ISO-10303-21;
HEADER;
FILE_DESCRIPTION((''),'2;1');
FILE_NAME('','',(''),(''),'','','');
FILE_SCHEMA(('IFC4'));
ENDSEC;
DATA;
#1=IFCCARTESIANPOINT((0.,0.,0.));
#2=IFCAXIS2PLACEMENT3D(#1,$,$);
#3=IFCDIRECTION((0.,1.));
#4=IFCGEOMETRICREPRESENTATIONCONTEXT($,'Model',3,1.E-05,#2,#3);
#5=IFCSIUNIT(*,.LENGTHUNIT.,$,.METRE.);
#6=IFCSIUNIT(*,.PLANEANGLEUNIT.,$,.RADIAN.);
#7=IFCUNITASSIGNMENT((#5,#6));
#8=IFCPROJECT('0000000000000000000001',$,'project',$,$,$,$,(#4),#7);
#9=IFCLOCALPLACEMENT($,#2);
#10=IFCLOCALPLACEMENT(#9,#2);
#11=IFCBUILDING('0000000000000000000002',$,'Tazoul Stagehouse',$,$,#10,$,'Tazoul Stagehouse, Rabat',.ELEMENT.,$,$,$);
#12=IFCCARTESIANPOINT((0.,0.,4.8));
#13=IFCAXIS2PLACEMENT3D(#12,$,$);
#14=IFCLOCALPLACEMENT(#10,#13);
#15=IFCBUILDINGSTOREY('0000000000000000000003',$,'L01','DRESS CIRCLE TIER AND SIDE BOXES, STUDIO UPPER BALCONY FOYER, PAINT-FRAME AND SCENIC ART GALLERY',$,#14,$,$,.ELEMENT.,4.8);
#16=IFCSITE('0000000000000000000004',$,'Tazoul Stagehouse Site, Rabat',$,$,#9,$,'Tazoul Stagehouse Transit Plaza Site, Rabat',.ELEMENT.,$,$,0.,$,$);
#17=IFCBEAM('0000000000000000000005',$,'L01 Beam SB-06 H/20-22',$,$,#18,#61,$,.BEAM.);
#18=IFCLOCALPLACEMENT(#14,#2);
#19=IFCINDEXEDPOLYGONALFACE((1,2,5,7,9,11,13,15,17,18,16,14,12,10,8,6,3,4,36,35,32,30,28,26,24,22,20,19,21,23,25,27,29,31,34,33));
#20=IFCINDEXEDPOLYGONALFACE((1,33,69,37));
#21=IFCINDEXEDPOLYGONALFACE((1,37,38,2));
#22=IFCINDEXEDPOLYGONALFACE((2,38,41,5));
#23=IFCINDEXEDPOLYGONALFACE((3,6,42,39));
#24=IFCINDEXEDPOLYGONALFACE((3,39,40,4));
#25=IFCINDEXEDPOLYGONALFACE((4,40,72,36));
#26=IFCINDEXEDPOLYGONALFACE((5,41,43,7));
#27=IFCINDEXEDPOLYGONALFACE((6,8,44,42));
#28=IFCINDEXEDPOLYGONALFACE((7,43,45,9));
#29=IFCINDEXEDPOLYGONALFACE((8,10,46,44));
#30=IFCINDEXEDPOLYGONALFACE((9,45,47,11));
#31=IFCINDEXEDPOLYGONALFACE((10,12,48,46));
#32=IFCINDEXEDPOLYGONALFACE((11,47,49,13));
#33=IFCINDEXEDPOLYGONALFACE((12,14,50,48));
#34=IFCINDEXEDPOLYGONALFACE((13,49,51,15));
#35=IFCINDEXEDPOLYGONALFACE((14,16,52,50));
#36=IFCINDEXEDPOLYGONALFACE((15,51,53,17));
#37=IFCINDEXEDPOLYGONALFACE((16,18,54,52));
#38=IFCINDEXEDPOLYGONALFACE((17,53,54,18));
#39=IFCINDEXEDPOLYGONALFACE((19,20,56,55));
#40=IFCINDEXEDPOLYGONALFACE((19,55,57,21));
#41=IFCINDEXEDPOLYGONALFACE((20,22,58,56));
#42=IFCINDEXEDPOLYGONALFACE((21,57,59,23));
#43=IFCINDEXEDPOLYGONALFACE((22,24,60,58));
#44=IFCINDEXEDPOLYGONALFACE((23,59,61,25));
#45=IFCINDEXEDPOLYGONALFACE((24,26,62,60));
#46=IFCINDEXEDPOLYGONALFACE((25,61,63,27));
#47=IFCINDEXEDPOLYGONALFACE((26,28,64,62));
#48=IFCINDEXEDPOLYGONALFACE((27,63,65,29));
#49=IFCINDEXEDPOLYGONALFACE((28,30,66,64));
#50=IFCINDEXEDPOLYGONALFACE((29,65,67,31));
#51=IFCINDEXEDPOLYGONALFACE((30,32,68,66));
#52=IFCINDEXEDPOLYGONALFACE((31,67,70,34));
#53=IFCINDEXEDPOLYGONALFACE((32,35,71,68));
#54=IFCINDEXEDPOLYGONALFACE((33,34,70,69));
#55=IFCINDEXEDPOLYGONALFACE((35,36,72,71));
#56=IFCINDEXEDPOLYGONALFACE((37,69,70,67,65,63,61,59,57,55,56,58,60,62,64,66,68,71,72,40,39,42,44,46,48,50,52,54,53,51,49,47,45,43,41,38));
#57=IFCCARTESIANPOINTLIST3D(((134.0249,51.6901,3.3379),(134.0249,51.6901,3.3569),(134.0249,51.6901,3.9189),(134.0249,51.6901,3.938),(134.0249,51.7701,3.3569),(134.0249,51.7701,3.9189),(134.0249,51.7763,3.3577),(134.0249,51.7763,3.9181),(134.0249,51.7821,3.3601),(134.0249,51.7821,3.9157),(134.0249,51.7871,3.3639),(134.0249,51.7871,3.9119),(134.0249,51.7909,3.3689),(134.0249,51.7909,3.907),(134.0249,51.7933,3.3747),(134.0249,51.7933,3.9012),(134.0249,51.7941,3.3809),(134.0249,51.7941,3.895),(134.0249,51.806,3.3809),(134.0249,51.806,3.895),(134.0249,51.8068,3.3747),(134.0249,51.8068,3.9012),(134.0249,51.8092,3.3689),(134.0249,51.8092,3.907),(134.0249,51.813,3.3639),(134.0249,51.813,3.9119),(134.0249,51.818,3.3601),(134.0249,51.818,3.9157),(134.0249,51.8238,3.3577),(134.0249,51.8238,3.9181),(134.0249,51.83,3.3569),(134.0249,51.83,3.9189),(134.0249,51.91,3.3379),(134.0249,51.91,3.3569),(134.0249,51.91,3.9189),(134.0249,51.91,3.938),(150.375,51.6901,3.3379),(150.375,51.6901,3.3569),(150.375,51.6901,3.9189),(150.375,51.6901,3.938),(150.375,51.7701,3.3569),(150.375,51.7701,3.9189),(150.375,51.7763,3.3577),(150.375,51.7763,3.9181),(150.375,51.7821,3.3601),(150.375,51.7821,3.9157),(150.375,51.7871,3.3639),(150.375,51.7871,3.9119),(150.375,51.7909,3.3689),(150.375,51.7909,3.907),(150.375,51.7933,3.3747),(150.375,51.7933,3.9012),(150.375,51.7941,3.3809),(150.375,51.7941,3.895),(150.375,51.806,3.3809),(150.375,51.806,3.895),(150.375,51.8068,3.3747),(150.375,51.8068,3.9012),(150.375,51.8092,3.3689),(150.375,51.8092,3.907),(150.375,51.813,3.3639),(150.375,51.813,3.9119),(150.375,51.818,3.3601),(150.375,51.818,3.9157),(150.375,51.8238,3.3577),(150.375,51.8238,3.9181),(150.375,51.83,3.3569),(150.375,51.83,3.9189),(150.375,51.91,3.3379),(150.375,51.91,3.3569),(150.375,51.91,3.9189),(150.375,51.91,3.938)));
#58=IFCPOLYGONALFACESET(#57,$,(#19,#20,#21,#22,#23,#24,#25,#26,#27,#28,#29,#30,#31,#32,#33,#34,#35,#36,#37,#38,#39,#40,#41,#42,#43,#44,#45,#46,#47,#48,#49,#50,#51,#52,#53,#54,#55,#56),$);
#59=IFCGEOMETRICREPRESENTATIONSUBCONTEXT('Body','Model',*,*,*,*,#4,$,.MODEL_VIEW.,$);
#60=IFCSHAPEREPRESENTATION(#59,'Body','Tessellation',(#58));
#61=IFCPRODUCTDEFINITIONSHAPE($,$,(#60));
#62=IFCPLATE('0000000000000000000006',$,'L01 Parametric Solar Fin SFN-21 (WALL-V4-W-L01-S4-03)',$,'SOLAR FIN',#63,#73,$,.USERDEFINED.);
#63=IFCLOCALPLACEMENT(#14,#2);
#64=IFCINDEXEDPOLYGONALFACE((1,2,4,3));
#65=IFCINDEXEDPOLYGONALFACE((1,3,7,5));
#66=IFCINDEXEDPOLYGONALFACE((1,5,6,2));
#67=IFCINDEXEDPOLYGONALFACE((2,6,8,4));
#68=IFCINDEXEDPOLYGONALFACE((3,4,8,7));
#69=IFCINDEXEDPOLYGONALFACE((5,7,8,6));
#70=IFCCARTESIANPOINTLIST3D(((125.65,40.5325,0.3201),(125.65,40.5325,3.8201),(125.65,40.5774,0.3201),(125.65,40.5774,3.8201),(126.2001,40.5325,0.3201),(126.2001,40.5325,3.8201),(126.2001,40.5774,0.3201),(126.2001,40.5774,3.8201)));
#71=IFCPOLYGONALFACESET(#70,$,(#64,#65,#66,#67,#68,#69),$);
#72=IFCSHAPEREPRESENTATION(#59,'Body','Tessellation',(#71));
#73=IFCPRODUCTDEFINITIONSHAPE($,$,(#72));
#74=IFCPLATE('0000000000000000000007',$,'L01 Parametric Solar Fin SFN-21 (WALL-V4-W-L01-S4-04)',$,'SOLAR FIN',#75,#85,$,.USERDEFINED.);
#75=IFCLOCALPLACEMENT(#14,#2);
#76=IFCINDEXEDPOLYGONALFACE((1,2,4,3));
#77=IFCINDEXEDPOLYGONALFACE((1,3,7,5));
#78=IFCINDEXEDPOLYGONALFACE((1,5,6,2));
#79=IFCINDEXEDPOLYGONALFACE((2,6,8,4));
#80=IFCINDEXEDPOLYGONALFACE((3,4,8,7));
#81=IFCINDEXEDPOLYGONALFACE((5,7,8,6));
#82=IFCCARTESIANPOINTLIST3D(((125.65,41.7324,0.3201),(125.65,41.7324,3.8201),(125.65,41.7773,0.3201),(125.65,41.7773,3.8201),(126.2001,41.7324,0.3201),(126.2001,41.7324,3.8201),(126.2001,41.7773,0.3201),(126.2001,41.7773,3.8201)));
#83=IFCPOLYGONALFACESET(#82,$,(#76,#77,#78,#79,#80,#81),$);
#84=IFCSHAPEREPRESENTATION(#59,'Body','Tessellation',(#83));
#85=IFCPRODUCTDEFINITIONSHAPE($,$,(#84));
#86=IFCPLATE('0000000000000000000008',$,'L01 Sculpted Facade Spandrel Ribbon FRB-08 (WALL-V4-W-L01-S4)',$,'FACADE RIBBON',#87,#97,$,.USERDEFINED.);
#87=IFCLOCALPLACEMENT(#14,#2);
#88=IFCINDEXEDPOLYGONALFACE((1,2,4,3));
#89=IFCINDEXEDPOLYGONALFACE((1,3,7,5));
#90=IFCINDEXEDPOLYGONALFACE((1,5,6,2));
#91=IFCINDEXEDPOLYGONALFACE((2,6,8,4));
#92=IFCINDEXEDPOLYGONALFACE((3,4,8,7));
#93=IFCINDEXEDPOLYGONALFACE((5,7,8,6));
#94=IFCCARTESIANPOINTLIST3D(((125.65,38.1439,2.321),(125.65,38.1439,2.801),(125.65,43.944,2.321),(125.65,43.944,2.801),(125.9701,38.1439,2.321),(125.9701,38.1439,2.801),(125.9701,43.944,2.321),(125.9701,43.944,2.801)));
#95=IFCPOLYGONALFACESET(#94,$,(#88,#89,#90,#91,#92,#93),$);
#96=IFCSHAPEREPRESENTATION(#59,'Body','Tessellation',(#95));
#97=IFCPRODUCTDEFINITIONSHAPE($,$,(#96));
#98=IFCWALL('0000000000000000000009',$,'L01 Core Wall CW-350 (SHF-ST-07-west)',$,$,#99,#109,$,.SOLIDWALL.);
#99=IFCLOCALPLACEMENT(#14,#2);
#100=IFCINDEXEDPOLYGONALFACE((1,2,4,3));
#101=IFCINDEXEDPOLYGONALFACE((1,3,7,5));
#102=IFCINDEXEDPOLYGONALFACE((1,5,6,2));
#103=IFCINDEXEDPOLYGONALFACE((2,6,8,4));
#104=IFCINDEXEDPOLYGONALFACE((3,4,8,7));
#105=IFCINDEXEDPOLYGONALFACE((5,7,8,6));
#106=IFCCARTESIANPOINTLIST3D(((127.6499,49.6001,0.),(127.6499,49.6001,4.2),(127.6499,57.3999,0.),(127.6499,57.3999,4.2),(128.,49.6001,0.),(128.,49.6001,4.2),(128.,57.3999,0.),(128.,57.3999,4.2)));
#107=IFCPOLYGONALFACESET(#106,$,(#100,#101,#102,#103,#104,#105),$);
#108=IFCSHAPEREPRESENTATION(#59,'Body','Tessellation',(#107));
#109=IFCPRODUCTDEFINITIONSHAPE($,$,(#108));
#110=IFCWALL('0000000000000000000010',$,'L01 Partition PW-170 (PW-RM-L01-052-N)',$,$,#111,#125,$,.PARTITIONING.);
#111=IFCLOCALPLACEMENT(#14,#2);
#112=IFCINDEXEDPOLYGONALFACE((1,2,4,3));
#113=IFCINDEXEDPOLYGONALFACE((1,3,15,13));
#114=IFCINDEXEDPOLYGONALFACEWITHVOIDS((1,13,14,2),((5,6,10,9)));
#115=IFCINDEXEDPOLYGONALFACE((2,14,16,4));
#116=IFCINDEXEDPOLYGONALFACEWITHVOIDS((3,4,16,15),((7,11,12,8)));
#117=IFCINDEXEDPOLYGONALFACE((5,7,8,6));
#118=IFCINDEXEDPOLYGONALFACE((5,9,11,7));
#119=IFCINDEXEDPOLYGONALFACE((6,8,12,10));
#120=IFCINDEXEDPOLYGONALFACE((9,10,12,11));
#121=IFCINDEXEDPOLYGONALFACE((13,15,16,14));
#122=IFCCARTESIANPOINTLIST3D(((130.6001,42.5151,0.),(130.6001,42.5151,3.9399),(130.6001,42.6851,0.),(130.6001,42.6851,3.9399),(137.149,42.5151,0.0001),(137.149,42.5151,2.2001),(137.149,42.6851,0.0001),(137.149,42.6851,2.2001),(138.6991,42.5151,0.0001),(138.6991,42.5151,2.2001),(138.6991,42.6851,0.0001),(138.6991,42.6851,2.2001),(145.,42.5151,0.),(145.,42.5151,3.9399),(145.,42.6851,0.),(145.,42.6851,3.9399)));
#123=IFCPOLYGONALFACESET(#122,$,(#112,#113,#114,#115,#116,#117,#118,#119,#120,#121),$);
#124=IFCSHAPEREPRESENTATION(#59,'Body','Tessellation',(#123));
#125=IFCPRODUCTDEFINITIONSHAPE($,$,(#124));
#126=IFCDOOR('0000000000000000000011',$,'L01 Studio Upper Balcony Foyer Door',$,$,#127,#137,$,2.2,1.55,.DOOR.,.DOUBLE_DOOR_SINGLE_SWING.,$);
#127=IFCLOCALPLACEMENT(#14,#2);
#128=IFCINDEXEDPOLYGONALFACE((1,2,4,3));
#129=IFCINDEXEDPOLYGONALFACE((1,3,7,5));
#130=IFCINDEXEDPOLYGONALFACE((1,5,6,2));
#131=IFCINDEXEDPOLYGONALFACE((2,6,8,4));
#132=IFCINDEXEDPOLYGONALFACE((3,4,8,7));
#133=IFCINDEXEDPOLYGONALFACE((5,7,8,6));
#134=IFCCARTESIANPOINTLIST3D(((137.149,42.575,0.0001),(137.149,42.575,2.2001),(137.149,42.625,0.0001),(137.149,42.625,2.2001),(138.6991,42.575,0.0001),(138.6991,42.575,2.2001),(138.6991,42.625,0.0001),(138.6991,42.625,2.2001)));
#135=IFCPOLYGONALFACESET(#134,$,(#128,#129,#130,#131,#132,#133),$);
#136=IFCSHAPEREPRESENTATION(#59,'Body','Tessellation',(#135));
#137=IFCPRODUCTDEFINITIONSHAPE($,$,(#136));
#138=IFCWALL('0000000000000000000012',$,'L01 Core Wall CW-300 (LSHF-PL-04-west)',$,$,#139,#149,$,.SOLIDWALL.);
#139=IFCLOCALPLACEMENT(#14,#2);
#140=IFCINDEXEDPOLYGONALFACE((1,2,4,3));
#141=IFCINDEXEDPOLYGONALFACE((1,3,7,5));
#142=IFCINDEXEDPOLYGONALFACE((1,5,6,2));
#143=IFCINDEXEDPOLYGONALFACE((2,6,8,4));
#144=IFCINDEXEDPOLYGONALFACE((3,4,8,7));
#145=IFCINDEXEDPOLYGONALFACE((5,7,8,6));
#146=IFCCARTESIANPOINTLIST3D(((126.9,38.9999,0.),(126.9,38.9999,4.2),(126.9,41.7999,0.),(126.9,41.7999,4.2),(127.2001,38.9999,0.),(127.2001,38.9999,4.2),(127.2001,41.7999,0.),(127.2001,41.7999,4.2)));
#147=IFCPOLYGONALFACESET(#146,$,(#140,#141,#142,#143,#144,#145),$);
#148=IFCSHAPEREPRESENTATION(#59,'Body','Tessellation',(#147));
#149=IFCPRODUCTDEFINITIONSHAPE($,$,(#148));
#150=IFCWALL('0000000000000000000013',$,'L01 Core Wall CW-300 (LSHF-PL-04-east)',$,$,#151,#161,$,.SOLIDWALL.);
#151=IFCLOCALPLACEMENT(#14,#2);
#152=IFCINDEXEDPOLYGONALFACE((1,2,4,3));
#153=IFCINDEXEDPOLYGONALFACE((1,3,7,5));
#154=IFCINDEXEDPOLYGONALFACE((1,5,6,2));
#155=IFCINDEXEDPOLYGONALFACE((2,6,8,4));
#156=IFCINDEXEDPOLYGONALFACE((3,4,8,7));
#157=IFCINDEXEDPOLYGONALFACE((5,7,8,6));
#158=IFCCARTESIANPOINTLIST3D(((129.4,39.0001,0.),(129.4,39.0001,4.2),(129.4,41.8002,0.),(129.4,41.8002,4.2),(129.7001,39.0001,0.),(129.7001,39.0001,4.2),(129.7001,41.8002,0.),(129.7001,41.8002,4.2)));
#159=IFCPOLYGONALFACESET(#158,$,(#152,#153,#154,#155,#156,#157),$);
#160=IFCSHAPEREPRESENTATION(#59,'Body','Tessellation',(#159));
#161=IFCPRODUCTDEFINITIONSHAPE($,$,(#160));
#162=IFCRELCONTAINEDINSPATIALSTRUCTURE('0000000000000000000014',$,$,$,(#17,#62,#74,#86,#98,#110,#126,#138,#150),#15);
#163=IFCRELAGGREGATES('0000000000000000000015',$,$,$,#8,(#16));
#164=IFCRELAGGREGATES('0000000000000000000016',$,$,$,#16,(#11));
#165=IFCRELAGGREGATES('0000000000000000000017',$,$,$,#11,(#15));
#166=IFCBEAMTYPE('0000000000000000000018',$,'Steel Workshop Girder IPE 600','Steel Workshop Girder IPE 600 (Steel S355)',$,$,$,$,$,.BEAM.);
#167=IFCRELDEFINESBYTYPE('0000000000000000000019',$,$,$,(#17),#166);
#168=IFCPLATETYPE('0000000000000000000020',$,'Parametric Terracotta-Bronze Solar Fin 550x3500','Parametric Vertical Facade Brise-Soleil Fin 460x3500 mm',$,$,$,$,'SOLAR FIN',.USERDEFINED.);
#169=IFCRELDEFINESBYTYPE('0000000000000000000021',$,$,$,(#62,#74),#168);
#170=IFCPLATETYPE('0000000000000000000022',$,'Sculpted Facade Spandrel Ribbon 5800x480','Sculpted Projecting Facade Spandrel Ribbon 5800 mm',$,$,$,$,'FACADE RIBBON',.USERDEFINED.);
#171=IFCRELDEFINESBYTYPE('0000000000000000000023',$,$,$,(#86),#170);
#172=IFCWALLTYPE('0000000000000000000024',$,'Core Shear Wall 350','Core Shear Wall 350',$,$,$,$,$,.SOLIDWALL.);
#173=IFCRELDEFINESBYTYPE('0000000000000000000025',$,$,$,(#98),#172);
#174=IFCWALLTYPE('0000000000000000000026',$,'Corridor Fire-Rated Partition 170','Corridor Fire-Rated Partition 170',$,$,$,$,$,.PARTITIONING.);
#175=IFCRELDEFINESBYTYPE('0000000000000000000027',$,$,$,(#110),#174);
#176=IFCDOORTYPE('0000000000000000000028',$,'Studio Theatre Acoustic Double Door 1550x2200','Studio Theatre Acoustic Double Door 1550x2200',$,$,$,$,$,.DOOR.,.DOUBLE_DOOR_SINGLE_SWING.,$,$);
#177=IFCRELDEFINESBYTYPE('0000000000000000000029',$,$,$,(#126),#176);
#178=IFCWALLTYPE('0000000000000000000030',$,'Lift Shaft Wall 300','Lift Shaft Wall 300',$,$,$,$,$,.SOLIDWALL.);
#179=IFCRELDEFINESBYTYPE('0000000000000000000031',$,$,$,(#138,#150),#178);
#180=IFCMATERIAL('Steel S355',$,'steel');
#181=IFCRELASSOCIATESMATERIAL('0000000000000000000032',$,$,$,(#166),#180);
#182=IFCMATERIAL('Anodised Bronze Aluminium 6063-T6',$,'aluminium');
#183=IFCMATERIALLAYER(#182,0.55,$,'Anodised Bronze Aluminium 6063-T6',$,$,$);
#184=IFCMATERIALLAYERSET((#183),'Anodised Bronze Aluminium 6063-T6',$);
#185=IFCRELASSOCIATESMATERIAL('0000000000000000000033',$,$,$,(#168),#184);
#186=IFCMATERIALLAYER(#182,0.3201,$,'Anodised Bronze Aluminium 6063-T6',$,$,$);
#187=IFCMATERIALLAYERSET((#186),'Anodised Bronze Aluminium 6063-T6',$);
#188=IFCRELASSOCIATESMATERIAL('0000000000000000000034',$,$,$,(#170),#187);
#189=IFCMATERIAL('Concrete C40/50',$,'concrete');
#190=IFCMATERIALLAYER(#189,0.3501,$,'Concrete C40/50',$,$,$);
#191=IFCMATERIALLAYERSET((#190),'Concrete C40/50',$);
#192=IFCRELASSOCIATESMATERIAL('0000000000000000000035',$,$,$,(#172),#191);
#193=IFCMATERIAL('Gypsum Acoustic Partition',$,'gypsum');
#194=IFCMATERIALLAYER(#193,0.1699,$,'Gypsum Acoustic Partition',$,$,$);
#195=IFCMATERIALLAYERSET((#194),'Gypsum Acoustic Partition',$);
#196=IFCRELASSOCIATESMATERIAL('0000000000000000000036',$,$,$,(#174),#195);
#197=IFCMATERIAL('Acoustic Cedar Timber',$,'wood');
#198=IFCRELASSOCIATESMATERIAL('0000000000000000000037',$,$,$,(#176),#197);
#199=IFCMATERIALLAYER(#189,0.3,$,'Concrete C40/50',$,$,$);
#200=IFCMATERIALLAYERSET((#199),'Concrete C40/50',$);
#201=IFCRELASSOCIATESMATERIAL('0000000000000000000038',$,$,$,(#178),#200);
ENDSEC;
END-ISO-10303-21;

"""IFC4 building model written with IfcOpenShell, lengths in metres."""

from ifc_helpers import new_model, si_unit, direction, frame, frame_2d, origin, origin_2d, place, context, subcontext, project, spatial, rectangle, i_section, extrude, material, layer, layer_set, material_profile, profile_set, type_object, element, fill, save


model = new_model("IFC4")

# Units and contexts
model_context = context("Model", 3, precision=1e-05, world=origin(), true_north=direction((0.0, 1.0)))
body_context = subcontext(model_context, "Body", "Model", "MODEL_VIEW")
ifc_project = project(units=[si_unit("LENGTHUNIT", "METRE"), si_unit("PLANEANGLEUNIT", "RADIAN")], contexts=[model_context])

# Site, building, storey
site_placement = place(None, origin())
site = spatial("IfcSite", under=ifc_project, at=site_placement, Name="Tazoul Stagehouse Site, Rabat", LongName="Tazoul Stagehouse Transit Plaza Site, Rabat", CompositionType="ELEMENT", RefElevation=0.0)
building_placement = place(site_placement, origin())
building = spatial("IfcBuilding", under=site, at=building_placement, Name="Tazoul Stagehouse", LongName="Tazoul Stagehouse, Rabat", CompositionType="ELEMENT")
storey_placement = place(building_placement, frame((0.0, 0.0, 4.8)))
storey = spatial("IfcBuildingStorey", under=building, at=storey_placement, Name="L01", Description="DRESS CIRCLE TIER AND SIDE BOXES, STUDIO UPPER BALCONY FOYER, PAINT-FRAME AND SCENIC ART GALLERY", CompositionType="ELEMENT", Elevation=4.8)

# Shared definitions
ifc_material_1 = material(Name="Concrete C40/50", Category="concrete")
ifc_material_2 = material(Name="Steel S355", Category="steel")

# Beam
ifc_material_profile_1 = material_profile(ifc_material_2, i_section(OverallWidth=0.22, OverallDepth=0.6001, WebThickness=0.012, FlangeThickness=0.019, FilletRadius=0.0239, at=origin_2d()), Name="IPE 600")
ifc_profile_set_1 = profile_set([ifc_material_profile_1], Name="Steel S355")
beam_type_1 = type_object("IfcBeamType", Name="Steel Workshop Girder IPE 600", Description="Steel Workshop Girder IPE 600 (Steel S355)", PredefinedType="BEAM", material=ifc_profile_set_1)
beam_1_placement = place(storey_placement, frame((134.0249, 51.8, 3.6379), z_axis=(1.0, 0.0, 0.0), x_axis=(0.0, 1.0, 0.0)))
element("IfcBeam", 1, at=beam_1_placement, inside=storey, type_object=beam_type_1, Name="L01 Beam SB-06 H/20-22", PredefinedType="BEAM", context=body_context, shape_type="SweptSolid", body=[
    extrude(i_section(OverallWidth=0.22, OverallDepth=0.6001, WebThickness=0.012, FlangeThickness=0.019, FilletRadius=0.0239, at=origin_2d()), origin(), (0.0, 0.0, 1.0), 16.3501),
])

# Plates
ifc_material_3 = material(Name="Anodised Bronze Aluminium 6063-T6", Category="aluminium")
ifc_layer_1 = layer(ifc_material_3, 0.55, Name="Anodised Bronze Aluminium 6063-T6")
ifc_layer_set_1 = layer_set([ifc_layer_1], Name="Anodised Bronze Aluminium 6063-T6")
plate_type_1 = type_object("IfcPlateType", Name="Parametric Terracotta-Bronze Solar Fin 550x3500", Description="Parametric Vertical Facade Brise-Soleil Fin 460x3500 mm", ElementType="SOLAR FIN", PredefinedType="USERDEFINED", material=ifc_layer_set_1)
for number, where, z_axis, x_axis, name in (
    (2, (125.925, 40.5549, 0.3201), (0.0, 0.0, 1.0), (0.0, 1.0, 0.0), "L01 Parametric Solar Fin SFN-21 (WALL-V4-W-L01-S4-03)"),
    (3, (125.925, 41.7549, 0.3201), (0.0, 0.0, 1.0), (0.0, 1.0, 0.0), "L01 Parametric Solar Fin SFN-21 (WALL-V4-W-L01-S4-04)"),
):
    element("IfcPlate", number, at=place(storey_placement, frame(where, z_axis=z_axis, x_axis=x_axis)), inside=storey, type_object=plate_type_1, Name=name, ObjectType="SOLAR FIN", PredefinedType="USERDEFINED", context=body_context, shape_type="SweptSolid", body=[
        extrude(rectangle(XDim=0.0449, YDim=0.55, at=origin_2d()), origin(), (0.0, 0.0, 1.0), 3.5),
    ])
ifc_layer_2 = layer(ifc_material_3, 0.3201, Name="Anodised Bronze Aluminium 6063-T6")
ifc_layer_set_2 = layer_set([ifc_layer_2], Name="Anodised Bronze Aluminium 6063-T6")
plate_type_2 = type_object("IfcPlateType", Name="Sculpted Facade Spandrel Ribbon 5800x480", Description="Sculpted Projecting Facade Spandrel Ribbon 5800 mm", ElementType="FACADE RIBBON", PredefinedType="USERDEFINED", material=ifc_layer_set_2)
plate_placement = place(storey_placement, frame((125.8101, 41.0439, 2.321), z_axis=(0.0, 0.0, 1.0), x_axis=(0.0, 1.0, 0.0)))
element("IfcPlate", 4, at=plate_placement, inside=storey, type_object=plate_type_2, Name="L01 Sculpted Facade Spandrel Ribbon FRB-08 (WALL-V4-W-L01-S4)", ObjectType="FACADE RIBBON", PredefinedType="USERDEFINED", context=body_context, shape_type="SweptSolid", body=[
    extrude(rectangle(XDim=5.8, YDim=0.3201, at=origin_2d()), origin(), (0.0, 0.0, 1.0), 0.48),
])

# Shared definitions
ifc_layer_3 = layer(ifc_material_1, 0.3501, Name="Concrete C40/50")
ifc_layer_set_3 = layer_set([ifc_layer_3], Name="Concrete C40/50")
wall_type_1 = type_object("IfcWallType", Name="Core Shear Wall 350", Description="Core Shear Wall 350", PredefinedType="SOLIDWALL", material=ifc_layer_set_3)

# Wall
wall_1_placement = place(storey_placement, frame((127.825, 49.6001, 0.0), z_axis=(0.0, 0.0, 1.0), x_axis=(0.0, 1.0, 0.0)))
element("IfcWall", 5, at=wall_1_placement, inside=storey, type_object=wall_type_1, Name="L01 Core Wall CW-350 (SHF-ST-07-west)", PredefinedType="SOLIDWALL", context=body_context, shape_type="SweptSolid", body=[
    extrude(rectangle(XDim=7.7998, YDim=0.3501, at=frame_2d((3.8999, 0.0))), origin(), (0.0, 0.0, 1.0), 4.2),
])

# Wall, opening, door
ifc_material_4 = material(Name="Gypsum Acoustic Partition", Category="gypsum")
ifc_layer_4 = layer(ifc_material_4, 0.1699, Name="Gypsum Acoustic Partition")
ifc_layer_set_4 = layer_set([ifc_layer_4], Name="Gypsum Acoustic Partition")
wall_type_2 = type_object("IfcWallType", Name="Corridor Fire-Rated Partition 170", Description="Corridor Fire-Rated Partition 170", PredefinedType="PARTITIONING", material=ifc_layer_set_4)
wall_2_placement = place(storey_placement, frame((130.6001, 42.6001, 0.0), z_axis=(0.0, 0.0, 1.0), x_axis=(1.0, 0.0, 0.0)))
wall_2 = element("IfcWall", 6, at=wall_2_placement, inside=storey, type_object=wall_type_2, Name="L01 Partition PW-170 (PW-RM-L01-052-N)", PredefinedType="PARTITIONING", context=body_context, shape_type="SweptSolid", body=[
    extrude(rectangle(XDim=14.3999, YDim=0.1699, at=frame_2d((7.2, 0.0))), origin(), (0.0, 0.0, 1.0), 3.9399),
])
opening_1_placement = place(wall_2_placement, frame((6.5491, 0.0, 0.0)))
opening_1 = element("IfcOpeningElement", 7, at=opening_1_placement, cuts=wall_2, PredefinedType="OPENING", context=body_context, shape_type="SweptSolid", body=[
    extrude(rectangle(XDim=1.55, YDim=2.2, at=frame_2d((0.7749, 1.1001))), frame((0.0, 0.105, 0.0), z_axis=(0.0, -1.0, 0.0), x_axis=(1.0, 0.0, 0.0)), (0.0, 0.0, 1.0), 0.21),
])
ifc_material_5 = material(Name="Acoustic Cedar Timber", Category="wood")
door_type_1 = type_object("IfcDoorType", Name="Studio Theatre Acoustic Double Door 1550x2200", Description="Studio Theatre Acoustic Double Door 1550x2200", OperationType="DOUBLE_DOOR_SINGLE_SWING", PredefinedType="DOOR", material=ifc_material_5)
door_1_placement = place(opening_1_placement, origin())
door_1 = element("IfcDoor", 8, at=door_1_placement, inside=storey, type_object=door_type_1, Name="L01 Studio Upper Balcony Foyer Door", OperationType="DOUBLE_DOOR_SINGLE_SWING", OverallHeight=2.2, OverallWidth=1.55, PredefinedType="DOOR", context=body_context, shape_type="SweptSolid", body=[
    extrude(rectangle(XDim=1.55, YDim=2.2, at=frame_2d((0.7749, 1.1001))), frame((0.0, 0.0249, 0.0), z_axis=(0.0, -1.0, 0.0), x_axis=(1.0, 0.0, 0.0)), (0.0, 0.0, 1.0), 0.05),
])
fill(opening_1, door_1)

# Wall
ifc_layer_5 = layer(ifc_material_1, 0.3, Name="Concrete C40/50")
ifc_layer_set_5 = layer_set([ifc_layer_5], Name="Concrete C40/50")
wall_type_3 = type_object("IfcWallType", Name="Lift Shaft Wall 300", Description="Lift Shaft Wall 300", PredefinedType="SOLIDWALL", material=ifc_layer_set_5)
wall_3_placement = place(storey_placement, frame((127.05, 39.0, 0.0), z_axis=(0.0, 0.0, 1.0), x_axis=(0.0, 1.0, 0.0)))
element("IfcWall", 9, at=wall_3_placement, inside=storey, type_object=wall_type_3, Name="L01 Core Wall CW-300 (LSHF-PL-04-west)", PredefinedType="SOLIDWALL", context=body_context, shape_type="SweptSolid", body=[
    extrude(rectangle(XDim=2.8, YDim=0.3, at=frame_2d((1.3999, 0.0))), origin(), (0.0, 0.0, 1.0), 4.2),
])

# Wall
wall_4_placement = place(storey_placement, frame((129.55, 41.8, 0.0), z_axis=(0.0, 0.0, 1.0), x_axis=(0.0, -1.0, 0.0)))
element("IfcWall", 10, at=wall_4_placement, inside=storey, type_object=wall_type_3, Name="L01 Core Wall CW-300 (LSHF-PL-04-east)", PredefinedType="SOLIDWALL", context=body_context, shape_type="SweptSolid", body=[
    extrude(rectangle(XDim=2.8, YDim=0.3, at=frame_2d((1.3999, 0.0))), origin(), (0.0, 0.0, 1.0), 4.2),
])

save(model, "model.ifc")
